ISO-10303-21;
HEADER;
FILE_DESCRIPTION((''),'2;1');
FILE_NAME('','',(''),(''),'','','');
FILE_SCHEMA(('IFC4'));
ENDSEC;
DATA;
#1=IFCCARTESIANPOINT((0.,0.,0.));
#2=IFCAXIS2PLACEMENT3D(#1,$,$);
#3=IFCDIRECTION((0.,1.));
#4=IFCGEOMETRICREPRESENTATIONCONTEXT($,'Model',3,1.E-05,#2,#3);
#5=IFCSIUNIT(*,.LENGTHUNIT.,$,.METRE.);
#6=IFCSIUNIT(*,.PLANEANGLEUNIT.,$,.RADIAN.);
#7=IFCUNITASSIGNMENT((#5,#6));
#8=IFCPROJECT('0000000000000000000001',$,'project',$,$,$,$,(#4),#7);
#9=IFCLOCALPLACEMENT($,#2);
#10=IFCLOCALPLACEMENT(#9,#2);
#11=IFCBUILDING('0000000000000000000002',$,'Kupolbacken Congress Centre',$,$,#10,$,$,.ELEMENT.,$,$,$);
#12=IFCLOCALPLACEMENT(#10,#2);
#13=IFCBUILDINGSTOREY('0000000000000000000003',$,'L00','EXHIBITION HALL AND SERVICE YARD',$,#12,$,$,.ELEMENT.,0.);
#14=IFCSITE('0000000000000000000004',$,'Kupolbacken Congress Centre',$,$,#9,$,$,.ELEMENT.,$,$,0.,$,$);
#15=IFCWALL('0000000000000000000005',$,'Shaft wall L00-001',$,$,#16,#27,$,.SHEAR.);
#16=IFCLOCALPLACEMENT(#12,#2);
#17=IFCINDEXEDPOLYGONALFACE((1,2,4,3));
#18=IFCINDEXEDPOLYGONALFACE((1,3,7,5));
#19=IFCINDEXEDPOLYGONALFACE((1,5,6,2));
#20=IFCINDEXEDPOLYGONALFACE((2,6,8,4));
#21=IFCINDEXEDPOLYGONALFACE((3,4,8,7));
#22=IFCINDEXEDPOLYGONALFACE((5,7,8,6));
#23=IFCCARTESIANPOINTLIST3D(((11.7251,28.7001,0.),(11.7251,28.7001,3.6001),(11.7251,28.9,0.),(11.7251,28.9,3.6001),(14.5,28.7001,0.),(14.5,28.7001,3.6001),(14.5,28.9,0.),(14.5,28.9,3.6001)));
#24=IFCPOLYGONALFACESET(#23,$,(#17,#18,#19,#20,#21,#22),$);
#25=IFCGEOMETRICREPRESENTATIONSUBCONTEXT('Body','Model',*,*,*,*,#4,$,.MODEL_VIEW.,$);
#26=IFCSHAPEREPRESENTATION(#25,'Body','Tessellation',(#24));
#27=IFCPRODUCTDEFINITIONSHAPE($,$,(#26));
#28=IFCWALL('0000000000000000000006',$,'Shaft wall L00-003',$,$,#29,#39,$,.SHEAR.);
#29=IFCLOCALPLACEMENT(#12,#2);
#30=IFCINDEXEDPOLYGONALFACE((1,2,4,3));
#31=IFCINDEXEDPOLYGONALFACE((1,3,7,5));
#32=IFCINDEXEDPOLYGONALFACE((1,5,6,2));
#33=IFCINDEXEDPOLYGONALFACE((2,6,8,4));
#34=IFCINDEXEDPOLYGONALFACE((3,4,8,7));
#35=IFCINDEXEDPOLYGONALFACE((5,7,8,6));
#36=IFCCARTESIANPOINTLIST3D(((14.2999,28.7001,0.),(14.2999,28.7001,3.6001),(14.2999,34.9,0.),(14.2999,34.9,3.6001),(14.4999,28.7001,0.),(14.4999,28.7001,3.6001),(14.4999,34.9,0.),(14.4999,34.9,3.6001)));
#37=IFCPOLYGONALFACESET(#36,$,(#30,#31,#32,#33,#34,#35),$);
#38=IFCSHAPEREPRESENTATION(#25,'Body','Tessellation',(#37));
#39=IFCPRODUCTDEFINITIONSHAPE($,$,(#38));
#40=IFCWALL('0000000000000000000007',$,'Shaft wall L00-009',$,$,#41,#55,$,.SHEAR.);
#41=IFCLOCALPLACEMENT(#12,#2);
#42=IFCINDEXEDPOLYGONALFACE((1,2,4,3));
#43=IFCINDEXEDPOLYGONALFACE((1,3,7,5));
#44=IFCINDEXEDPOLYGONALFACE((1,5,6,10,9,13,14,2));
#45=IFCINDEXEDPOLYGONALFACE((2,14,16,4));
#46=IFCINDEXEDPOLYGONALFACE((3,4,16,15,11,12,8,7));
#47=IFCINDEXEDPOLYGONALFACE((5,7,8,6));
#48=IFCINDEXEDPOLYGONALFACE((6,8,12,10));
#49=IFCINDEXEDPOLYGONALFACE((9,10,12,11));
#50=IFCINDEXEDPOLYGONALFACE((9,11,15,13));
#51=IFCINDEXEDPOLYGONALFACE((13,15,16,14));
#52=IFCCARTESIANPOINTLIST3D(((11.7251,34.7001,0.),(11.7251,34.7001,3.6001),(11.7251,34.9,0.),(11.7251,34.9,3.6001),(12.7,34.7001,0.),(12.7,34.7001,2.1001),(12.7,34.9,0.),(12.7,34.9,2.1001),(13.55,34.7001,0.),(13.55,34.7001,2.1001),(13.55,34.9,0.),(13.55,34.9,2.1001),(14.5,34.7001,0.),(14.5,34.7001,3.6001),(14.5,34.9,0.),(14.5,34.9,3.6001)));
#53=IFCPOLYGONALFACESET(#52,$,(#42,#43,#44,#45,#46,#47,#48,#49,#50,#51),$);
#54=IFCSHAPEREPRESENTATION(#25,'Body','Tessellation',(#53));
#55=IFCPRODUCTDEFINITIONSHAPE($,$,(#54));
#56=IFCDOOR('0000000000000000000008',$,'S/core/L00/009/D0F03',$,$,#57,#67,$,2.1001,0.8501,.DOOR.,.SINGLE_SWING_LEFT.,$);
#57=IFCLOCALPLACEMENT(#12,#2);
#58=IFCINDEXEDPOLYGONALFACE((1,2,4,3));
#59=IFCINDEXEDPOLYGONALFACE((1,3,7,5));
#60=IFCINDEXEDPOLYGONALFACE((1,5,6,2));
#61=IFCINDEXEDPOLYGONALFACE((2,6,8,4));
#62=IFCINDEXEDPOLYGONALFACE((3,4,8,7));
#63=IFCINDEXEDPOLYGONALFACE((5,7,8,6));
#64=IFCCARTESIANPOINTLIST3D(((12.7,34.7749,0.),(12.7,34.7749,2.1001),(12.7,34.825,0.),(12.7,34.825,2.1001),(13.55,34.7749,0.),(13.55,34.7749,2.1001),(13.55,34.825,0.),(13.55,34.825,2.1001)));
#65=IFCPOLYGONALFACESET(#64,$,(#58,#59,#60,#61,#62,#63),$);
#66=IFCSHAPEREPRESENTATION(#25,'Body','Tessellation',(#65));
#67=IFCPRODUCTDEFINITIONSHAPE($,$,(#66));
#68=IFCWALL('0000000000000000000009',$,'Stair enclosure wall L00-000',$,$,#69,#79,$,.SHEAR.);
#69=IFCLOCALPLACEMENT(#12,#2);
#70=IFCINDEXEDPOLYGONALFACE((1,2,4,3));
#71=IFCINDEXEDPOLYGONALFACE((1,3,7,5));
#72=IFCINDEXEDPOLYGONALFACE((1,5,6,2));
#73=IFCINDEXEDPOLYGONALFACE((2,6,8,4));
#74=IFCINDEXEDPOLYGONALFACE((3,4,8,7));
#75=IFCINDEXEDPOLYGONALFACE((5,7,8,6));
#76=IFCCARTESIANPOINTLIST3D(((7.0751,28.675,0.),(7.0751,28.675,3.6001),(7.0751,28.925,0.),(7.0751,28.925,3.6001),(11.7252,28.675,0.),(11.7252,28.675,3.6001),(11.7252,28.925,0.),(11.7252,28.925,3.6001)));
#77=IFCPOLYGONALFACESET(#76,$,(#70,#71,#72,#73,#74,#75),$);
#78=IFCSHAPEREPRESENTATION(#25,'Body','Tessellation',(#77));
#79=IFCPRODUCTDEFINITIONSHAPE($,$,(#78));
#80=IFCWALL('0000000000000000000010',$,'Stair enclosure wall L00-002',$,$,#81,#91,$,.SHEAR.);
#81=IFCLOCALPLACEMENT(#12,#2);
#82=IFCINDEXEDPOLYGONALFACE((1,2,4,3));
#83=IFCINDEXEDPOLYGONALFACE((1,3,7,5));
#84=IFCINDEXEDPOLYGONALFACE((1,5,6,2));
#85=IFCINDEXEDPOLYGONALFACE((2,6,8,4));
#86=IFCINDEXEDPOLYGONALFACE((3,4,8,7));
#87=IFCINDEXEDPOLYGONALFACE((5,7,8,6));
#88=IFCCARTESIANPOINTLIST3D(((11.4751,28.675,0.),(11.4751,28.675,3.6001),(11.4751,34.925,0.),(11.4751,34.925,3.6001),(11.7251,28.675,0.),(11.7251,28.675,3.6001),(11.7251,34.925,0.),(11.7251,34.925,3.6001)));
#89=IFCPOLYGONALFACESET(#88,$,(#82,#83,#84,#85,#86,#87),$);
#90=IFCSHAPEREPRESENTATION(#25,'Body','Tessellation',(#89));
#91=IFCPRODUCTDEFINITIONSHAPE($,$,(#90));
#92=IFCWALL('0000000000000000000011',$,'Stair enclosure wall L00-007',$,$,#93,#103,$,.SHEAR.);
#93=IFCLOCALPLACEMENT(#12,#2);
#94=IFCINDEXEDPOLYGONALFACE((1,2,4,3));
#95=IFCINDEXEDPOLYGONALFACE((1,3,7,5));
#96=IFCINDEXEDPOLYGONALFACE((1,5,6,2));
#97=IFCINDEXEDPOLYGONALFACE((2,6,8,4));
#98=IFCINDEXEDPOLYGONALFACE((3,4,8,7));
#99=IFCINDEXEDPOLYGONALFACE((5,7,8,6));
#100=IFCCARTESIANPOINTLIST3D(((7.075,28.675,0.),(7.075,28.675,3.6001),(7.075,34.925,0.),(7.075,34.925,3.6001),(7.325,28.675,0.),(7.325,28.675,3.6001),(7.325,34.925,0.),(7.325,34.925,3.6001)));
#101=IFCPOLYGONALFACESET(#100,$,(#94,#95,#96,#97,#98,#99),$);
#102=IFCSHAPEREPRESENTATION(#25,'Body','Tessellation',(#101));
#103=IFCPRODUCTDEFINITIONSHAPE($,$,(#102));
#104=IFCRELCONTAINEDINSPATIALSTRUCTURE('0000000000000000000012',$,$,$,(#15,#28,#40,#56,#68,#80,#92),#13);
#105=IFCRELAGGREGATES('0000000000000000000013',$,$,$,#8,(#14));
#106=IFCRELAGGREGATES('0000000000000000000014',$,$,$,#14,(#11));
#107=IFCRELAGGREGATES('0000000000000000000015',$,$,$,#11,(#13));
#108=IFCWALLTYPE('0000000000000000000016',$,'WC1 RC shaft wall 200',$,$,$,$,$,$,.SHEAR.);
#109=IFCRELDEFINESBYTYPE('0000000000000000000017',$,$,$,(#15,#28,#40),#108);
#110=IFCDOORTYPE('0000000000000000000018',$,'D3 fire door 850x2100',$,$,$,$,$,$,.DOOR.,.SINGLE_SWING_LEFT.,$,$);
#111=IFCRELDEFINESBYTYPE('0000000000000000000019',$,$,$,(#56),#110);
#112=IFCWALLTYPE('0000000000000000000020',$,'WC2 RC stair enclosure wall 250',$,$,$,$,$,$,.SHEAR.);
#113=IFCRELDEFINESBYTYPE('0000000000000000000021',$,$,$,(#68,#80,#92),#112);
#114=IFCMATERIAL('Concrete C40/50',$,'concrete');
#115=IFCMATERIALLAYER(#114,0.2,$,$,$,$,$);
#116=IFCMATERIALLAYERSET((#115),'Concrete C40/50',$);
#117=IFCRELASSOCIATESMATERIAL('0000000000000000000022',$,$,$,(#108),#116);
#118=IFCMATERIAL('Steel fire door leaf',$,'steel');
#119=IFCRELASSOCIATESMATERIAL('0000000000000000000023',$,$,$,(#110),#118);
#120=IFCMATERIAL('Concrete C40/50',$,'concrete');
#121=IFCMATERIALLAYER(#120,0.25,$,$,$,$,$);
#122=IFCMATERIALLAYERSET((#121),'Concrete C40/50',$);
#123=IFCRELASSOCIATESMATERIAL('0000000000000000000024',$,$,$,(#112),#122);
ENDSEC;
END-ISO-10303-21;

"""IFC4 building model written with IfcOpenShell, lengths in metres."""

from ifc_helpers import new_model, si_unit, direction, frame, frame_2d, origin, place, context, subcontext, project, spatial, rectangle, extrude, material, layer, layer_set, type_object, element, fill, save


model = new_model("IFC4")

# Units and contexts
model_context = context("Model", 3, precision=1e-05, world=origin(), true_north=direction((0.0, 1.0)))
body_context = subcontext(model_context, "Body", "Model", "MODEL_VIEW")
ifc_project = project(units=[si_unit("LENGTHUNIT", "METRE"), si_unit("PLANEANGLEUNIT", "RADIAN")], contexts=[model_context])

# Site, building, storey
site_placement = place(None, origin())
site = spatial("IfcSite", under=ifc_project, at=site_placement, Name="Kupolbacken Congress Centre", CompositionType="ELEMENT", RefElevation=0.0)
building_placement = place(site_placement, origin())
building = spatial("IfcBuilding", under=site, at=building_placement, Name="Kupolbacken Congress Centre", CompositionType="ELEMENT")
storey_placement = place(building_placement, origin())
storey = spatial("IfcBuildingStorey", under=building, at=storey_placement, Name="L00", Description="EXHIBITION HALL AND SERVICE YARD", CompositionType="ELEMENT", Elevation=0.0)

# Walls
ifc_material_1 = material(Name="Concrete C40/50", Category="concrete")
ifc_layer_1 = layer(ifc_material_1, 0.2)
ifc_layer_set_1 = layer_set([ifc_layer_1], Name="Concrete C40/50")
wall_type_1 = type_object("IfcWallType", Name="WC1 RC shaft wall 200", PredefinedType="SHEAR", material=ifc_layer_set_1)
wall_1_placement = place(storey_placement, frame((11.7251, 28.8, 0.0), z_axis=(0.0, 0.0, 1.0), x_axis=(1.0, 0.0, 0.0)))
element("IfcWall", 1, at=wall_1_placement, inside=storey, type_object=wall_type_1, Name="Shaft wall L00-001", PredefinedType="SHEAR", context=body_context, shape_type="SweptSolid", body=[
    extrude(rectangle(XDim=2.7749, YDim=0.2, at=frame_2d((1.3875, 0.0))), origin(), (0.0, 0.0, 1.0), 3.6001),
])
wall_2_placement = place(storey_placement, frame((14.3999, 28.7, 0.0), z_axis=(0.0, 0.0, 1.0), x_axis=(0.0, 1.0, 0.0)))
element("IfcWall", 2, at=wall_2_placement, inside=storey, type_object=wall_type_1, Name="Shaft wall L00-003", PredefinedType="SHEAR", context=body_context, shape_type="SweptSolid", body=[
    extrude(rectangle(XDim=6.2, YDim=0.2, at=frame_2d((3.1001, 0.0))), origin(), (0.0, 0.0, 1.0), 3.6001),
])

# Wall, opening, door
wall_3_placement = place(storey_placement, frame((14.5, 34.8, 0.0), z_axis=(0.0, 0.0, 1.0), x_axis=(-1.0, 0.0, 0.0)))
wall_3 = element("IfcWall", 3, at=wall_3_placement, inside=storey, type_object=wall_type_1, Name="Shaft wall L00-009", PredefinedType="SHEAR", context=body_context, shape_type="SweptSolid", body=[
    extrude(rectangle(XDim=2.7749, YDim=0.2, at=frame_2d((1.3875, 0.0))), origin(), (0.0, 0.0, 1.0), 3.6001),
])
opening_1_placement = place(wall_3_placement, frame((0.95, 0.0, 0.0)))
opening_1 = element("IfcOpeningElement", 4, at=opening_1_placement, cuts=wall_3, PredefinedType="OPENING", context=body_context, shape_type="SweptSolid", body=[
    extrude(rectangle(XDim=0.8501, YDim=2.1001, at=frame_2d((0.425, 1.05))), frame((0.0, 0.1099, 0.0), z_axis=(0.0, -1.0, 0.0), x_axis=(1.0, 0.0, 0.0)), (0.0, 0.0, 1.0), 0.22),
])
ifc_material_2 = material(Name="Steel fire door leaf", Category="steel")
door_type_1 = type_object("IfcDoorType", Name="D3 fire door 850x2100", OperationType="SINGLE_SWING_LEFT", PredefinedType="DOOR", material=ifc_material_2)
door_1_placement = place(opening_1_placement, frame((0.8501, 0.0, 0.0), z_axis=(0.0, 0.0, 1.0), x_axis=(-1.0, 0.0, 0.0)))
door_1 = element("IfcDoor", 5, at=door_1_placement, inside=storey, type_object=door_type_1, Name="S/core/L00/009/D0F03", OperationType="SINGLE_SWING_LEFT", OverallHeight=2.1001, OverallWidth=0.8501, PredefinedType="DOOR", context=body_context, shape_type="SweptSolid", body=[
    extrude(rectangle(XDim=0.8501, YDim=2.1001, at=frame_2d((0.425, 1.05))), frame((0.0, 0.0249, 0.0), z_axis=(0.0, -1.0, 0.0), x_axis=(1.0, 0.0, 0.0)), (0.0, 0.0, 1.0), 0.05),
])
fill(opening_1, door_1)

# Walls
ifc_material_3 = material(Name="Concrete C40/50", Category="concrete")
ifc_layer_2 = layer(ifc_material_3, 0.25)
ifc_layer_set_2 = layer_set([ifc_layer_2], Name="Concrete C40/50")
wall_type_2 = type_object("IfcWallType", Name="WC2 RC stair enclosure wall 250", PredefinedType="SHEAR", material=ifc_layer_set_2)
wall_4_placement = place(storey_placement, frame((7.075, 28.8, 0.0), z_axis=(0.0, 0.0, 1.0), x_axis=(1.0, 0.0, 0.0)))
element("IfcWall", 6, at=wall_4_placement, inside=storey, type_object=wall_type_2, Name="Stair enclosure wall L00-000", PredefinedType="SHEAR", context=body_context, shape_type="SweptSolid", body=[
    extrude(rectangle(XDim=4.6501, YDim=0.25, at=frame_2d((2.3252, 0.0))), origin(), (0.0, 0.0, 1.0), 3.6001),
])
for number, where, z_axis, x_axis, name in (
    (7, (11.6001, 28.675, 0.0), (0.0, 0.0, 1.0), (0.0, 1.0, 0.0), "Stair enclosure wall L00-002"),
    (8, (7.2, 34.925, 0.0), (0.0, 0.0, 1.0), (0.0, -1.0, 0.0), "Stair enclosure wall L00-007"),
):
    element("IfcWall", number, at=place(storey_placement, frame(where, z_axis=z_axis, x_axis=x_axis)), inside=storey, type_object=wall_type_2, Name=name, PredefinedType="SHEAR", context=body_context, shape_type="SweptSolid", body=[
        extrude(rectangle(XDim=6.25, YDim=0.25, at=frame_2d((3.125, 0.0))), origin(), (0.0, 0.0, 1.0), 3.6001),
    ])

save(model, "model.ifc")
